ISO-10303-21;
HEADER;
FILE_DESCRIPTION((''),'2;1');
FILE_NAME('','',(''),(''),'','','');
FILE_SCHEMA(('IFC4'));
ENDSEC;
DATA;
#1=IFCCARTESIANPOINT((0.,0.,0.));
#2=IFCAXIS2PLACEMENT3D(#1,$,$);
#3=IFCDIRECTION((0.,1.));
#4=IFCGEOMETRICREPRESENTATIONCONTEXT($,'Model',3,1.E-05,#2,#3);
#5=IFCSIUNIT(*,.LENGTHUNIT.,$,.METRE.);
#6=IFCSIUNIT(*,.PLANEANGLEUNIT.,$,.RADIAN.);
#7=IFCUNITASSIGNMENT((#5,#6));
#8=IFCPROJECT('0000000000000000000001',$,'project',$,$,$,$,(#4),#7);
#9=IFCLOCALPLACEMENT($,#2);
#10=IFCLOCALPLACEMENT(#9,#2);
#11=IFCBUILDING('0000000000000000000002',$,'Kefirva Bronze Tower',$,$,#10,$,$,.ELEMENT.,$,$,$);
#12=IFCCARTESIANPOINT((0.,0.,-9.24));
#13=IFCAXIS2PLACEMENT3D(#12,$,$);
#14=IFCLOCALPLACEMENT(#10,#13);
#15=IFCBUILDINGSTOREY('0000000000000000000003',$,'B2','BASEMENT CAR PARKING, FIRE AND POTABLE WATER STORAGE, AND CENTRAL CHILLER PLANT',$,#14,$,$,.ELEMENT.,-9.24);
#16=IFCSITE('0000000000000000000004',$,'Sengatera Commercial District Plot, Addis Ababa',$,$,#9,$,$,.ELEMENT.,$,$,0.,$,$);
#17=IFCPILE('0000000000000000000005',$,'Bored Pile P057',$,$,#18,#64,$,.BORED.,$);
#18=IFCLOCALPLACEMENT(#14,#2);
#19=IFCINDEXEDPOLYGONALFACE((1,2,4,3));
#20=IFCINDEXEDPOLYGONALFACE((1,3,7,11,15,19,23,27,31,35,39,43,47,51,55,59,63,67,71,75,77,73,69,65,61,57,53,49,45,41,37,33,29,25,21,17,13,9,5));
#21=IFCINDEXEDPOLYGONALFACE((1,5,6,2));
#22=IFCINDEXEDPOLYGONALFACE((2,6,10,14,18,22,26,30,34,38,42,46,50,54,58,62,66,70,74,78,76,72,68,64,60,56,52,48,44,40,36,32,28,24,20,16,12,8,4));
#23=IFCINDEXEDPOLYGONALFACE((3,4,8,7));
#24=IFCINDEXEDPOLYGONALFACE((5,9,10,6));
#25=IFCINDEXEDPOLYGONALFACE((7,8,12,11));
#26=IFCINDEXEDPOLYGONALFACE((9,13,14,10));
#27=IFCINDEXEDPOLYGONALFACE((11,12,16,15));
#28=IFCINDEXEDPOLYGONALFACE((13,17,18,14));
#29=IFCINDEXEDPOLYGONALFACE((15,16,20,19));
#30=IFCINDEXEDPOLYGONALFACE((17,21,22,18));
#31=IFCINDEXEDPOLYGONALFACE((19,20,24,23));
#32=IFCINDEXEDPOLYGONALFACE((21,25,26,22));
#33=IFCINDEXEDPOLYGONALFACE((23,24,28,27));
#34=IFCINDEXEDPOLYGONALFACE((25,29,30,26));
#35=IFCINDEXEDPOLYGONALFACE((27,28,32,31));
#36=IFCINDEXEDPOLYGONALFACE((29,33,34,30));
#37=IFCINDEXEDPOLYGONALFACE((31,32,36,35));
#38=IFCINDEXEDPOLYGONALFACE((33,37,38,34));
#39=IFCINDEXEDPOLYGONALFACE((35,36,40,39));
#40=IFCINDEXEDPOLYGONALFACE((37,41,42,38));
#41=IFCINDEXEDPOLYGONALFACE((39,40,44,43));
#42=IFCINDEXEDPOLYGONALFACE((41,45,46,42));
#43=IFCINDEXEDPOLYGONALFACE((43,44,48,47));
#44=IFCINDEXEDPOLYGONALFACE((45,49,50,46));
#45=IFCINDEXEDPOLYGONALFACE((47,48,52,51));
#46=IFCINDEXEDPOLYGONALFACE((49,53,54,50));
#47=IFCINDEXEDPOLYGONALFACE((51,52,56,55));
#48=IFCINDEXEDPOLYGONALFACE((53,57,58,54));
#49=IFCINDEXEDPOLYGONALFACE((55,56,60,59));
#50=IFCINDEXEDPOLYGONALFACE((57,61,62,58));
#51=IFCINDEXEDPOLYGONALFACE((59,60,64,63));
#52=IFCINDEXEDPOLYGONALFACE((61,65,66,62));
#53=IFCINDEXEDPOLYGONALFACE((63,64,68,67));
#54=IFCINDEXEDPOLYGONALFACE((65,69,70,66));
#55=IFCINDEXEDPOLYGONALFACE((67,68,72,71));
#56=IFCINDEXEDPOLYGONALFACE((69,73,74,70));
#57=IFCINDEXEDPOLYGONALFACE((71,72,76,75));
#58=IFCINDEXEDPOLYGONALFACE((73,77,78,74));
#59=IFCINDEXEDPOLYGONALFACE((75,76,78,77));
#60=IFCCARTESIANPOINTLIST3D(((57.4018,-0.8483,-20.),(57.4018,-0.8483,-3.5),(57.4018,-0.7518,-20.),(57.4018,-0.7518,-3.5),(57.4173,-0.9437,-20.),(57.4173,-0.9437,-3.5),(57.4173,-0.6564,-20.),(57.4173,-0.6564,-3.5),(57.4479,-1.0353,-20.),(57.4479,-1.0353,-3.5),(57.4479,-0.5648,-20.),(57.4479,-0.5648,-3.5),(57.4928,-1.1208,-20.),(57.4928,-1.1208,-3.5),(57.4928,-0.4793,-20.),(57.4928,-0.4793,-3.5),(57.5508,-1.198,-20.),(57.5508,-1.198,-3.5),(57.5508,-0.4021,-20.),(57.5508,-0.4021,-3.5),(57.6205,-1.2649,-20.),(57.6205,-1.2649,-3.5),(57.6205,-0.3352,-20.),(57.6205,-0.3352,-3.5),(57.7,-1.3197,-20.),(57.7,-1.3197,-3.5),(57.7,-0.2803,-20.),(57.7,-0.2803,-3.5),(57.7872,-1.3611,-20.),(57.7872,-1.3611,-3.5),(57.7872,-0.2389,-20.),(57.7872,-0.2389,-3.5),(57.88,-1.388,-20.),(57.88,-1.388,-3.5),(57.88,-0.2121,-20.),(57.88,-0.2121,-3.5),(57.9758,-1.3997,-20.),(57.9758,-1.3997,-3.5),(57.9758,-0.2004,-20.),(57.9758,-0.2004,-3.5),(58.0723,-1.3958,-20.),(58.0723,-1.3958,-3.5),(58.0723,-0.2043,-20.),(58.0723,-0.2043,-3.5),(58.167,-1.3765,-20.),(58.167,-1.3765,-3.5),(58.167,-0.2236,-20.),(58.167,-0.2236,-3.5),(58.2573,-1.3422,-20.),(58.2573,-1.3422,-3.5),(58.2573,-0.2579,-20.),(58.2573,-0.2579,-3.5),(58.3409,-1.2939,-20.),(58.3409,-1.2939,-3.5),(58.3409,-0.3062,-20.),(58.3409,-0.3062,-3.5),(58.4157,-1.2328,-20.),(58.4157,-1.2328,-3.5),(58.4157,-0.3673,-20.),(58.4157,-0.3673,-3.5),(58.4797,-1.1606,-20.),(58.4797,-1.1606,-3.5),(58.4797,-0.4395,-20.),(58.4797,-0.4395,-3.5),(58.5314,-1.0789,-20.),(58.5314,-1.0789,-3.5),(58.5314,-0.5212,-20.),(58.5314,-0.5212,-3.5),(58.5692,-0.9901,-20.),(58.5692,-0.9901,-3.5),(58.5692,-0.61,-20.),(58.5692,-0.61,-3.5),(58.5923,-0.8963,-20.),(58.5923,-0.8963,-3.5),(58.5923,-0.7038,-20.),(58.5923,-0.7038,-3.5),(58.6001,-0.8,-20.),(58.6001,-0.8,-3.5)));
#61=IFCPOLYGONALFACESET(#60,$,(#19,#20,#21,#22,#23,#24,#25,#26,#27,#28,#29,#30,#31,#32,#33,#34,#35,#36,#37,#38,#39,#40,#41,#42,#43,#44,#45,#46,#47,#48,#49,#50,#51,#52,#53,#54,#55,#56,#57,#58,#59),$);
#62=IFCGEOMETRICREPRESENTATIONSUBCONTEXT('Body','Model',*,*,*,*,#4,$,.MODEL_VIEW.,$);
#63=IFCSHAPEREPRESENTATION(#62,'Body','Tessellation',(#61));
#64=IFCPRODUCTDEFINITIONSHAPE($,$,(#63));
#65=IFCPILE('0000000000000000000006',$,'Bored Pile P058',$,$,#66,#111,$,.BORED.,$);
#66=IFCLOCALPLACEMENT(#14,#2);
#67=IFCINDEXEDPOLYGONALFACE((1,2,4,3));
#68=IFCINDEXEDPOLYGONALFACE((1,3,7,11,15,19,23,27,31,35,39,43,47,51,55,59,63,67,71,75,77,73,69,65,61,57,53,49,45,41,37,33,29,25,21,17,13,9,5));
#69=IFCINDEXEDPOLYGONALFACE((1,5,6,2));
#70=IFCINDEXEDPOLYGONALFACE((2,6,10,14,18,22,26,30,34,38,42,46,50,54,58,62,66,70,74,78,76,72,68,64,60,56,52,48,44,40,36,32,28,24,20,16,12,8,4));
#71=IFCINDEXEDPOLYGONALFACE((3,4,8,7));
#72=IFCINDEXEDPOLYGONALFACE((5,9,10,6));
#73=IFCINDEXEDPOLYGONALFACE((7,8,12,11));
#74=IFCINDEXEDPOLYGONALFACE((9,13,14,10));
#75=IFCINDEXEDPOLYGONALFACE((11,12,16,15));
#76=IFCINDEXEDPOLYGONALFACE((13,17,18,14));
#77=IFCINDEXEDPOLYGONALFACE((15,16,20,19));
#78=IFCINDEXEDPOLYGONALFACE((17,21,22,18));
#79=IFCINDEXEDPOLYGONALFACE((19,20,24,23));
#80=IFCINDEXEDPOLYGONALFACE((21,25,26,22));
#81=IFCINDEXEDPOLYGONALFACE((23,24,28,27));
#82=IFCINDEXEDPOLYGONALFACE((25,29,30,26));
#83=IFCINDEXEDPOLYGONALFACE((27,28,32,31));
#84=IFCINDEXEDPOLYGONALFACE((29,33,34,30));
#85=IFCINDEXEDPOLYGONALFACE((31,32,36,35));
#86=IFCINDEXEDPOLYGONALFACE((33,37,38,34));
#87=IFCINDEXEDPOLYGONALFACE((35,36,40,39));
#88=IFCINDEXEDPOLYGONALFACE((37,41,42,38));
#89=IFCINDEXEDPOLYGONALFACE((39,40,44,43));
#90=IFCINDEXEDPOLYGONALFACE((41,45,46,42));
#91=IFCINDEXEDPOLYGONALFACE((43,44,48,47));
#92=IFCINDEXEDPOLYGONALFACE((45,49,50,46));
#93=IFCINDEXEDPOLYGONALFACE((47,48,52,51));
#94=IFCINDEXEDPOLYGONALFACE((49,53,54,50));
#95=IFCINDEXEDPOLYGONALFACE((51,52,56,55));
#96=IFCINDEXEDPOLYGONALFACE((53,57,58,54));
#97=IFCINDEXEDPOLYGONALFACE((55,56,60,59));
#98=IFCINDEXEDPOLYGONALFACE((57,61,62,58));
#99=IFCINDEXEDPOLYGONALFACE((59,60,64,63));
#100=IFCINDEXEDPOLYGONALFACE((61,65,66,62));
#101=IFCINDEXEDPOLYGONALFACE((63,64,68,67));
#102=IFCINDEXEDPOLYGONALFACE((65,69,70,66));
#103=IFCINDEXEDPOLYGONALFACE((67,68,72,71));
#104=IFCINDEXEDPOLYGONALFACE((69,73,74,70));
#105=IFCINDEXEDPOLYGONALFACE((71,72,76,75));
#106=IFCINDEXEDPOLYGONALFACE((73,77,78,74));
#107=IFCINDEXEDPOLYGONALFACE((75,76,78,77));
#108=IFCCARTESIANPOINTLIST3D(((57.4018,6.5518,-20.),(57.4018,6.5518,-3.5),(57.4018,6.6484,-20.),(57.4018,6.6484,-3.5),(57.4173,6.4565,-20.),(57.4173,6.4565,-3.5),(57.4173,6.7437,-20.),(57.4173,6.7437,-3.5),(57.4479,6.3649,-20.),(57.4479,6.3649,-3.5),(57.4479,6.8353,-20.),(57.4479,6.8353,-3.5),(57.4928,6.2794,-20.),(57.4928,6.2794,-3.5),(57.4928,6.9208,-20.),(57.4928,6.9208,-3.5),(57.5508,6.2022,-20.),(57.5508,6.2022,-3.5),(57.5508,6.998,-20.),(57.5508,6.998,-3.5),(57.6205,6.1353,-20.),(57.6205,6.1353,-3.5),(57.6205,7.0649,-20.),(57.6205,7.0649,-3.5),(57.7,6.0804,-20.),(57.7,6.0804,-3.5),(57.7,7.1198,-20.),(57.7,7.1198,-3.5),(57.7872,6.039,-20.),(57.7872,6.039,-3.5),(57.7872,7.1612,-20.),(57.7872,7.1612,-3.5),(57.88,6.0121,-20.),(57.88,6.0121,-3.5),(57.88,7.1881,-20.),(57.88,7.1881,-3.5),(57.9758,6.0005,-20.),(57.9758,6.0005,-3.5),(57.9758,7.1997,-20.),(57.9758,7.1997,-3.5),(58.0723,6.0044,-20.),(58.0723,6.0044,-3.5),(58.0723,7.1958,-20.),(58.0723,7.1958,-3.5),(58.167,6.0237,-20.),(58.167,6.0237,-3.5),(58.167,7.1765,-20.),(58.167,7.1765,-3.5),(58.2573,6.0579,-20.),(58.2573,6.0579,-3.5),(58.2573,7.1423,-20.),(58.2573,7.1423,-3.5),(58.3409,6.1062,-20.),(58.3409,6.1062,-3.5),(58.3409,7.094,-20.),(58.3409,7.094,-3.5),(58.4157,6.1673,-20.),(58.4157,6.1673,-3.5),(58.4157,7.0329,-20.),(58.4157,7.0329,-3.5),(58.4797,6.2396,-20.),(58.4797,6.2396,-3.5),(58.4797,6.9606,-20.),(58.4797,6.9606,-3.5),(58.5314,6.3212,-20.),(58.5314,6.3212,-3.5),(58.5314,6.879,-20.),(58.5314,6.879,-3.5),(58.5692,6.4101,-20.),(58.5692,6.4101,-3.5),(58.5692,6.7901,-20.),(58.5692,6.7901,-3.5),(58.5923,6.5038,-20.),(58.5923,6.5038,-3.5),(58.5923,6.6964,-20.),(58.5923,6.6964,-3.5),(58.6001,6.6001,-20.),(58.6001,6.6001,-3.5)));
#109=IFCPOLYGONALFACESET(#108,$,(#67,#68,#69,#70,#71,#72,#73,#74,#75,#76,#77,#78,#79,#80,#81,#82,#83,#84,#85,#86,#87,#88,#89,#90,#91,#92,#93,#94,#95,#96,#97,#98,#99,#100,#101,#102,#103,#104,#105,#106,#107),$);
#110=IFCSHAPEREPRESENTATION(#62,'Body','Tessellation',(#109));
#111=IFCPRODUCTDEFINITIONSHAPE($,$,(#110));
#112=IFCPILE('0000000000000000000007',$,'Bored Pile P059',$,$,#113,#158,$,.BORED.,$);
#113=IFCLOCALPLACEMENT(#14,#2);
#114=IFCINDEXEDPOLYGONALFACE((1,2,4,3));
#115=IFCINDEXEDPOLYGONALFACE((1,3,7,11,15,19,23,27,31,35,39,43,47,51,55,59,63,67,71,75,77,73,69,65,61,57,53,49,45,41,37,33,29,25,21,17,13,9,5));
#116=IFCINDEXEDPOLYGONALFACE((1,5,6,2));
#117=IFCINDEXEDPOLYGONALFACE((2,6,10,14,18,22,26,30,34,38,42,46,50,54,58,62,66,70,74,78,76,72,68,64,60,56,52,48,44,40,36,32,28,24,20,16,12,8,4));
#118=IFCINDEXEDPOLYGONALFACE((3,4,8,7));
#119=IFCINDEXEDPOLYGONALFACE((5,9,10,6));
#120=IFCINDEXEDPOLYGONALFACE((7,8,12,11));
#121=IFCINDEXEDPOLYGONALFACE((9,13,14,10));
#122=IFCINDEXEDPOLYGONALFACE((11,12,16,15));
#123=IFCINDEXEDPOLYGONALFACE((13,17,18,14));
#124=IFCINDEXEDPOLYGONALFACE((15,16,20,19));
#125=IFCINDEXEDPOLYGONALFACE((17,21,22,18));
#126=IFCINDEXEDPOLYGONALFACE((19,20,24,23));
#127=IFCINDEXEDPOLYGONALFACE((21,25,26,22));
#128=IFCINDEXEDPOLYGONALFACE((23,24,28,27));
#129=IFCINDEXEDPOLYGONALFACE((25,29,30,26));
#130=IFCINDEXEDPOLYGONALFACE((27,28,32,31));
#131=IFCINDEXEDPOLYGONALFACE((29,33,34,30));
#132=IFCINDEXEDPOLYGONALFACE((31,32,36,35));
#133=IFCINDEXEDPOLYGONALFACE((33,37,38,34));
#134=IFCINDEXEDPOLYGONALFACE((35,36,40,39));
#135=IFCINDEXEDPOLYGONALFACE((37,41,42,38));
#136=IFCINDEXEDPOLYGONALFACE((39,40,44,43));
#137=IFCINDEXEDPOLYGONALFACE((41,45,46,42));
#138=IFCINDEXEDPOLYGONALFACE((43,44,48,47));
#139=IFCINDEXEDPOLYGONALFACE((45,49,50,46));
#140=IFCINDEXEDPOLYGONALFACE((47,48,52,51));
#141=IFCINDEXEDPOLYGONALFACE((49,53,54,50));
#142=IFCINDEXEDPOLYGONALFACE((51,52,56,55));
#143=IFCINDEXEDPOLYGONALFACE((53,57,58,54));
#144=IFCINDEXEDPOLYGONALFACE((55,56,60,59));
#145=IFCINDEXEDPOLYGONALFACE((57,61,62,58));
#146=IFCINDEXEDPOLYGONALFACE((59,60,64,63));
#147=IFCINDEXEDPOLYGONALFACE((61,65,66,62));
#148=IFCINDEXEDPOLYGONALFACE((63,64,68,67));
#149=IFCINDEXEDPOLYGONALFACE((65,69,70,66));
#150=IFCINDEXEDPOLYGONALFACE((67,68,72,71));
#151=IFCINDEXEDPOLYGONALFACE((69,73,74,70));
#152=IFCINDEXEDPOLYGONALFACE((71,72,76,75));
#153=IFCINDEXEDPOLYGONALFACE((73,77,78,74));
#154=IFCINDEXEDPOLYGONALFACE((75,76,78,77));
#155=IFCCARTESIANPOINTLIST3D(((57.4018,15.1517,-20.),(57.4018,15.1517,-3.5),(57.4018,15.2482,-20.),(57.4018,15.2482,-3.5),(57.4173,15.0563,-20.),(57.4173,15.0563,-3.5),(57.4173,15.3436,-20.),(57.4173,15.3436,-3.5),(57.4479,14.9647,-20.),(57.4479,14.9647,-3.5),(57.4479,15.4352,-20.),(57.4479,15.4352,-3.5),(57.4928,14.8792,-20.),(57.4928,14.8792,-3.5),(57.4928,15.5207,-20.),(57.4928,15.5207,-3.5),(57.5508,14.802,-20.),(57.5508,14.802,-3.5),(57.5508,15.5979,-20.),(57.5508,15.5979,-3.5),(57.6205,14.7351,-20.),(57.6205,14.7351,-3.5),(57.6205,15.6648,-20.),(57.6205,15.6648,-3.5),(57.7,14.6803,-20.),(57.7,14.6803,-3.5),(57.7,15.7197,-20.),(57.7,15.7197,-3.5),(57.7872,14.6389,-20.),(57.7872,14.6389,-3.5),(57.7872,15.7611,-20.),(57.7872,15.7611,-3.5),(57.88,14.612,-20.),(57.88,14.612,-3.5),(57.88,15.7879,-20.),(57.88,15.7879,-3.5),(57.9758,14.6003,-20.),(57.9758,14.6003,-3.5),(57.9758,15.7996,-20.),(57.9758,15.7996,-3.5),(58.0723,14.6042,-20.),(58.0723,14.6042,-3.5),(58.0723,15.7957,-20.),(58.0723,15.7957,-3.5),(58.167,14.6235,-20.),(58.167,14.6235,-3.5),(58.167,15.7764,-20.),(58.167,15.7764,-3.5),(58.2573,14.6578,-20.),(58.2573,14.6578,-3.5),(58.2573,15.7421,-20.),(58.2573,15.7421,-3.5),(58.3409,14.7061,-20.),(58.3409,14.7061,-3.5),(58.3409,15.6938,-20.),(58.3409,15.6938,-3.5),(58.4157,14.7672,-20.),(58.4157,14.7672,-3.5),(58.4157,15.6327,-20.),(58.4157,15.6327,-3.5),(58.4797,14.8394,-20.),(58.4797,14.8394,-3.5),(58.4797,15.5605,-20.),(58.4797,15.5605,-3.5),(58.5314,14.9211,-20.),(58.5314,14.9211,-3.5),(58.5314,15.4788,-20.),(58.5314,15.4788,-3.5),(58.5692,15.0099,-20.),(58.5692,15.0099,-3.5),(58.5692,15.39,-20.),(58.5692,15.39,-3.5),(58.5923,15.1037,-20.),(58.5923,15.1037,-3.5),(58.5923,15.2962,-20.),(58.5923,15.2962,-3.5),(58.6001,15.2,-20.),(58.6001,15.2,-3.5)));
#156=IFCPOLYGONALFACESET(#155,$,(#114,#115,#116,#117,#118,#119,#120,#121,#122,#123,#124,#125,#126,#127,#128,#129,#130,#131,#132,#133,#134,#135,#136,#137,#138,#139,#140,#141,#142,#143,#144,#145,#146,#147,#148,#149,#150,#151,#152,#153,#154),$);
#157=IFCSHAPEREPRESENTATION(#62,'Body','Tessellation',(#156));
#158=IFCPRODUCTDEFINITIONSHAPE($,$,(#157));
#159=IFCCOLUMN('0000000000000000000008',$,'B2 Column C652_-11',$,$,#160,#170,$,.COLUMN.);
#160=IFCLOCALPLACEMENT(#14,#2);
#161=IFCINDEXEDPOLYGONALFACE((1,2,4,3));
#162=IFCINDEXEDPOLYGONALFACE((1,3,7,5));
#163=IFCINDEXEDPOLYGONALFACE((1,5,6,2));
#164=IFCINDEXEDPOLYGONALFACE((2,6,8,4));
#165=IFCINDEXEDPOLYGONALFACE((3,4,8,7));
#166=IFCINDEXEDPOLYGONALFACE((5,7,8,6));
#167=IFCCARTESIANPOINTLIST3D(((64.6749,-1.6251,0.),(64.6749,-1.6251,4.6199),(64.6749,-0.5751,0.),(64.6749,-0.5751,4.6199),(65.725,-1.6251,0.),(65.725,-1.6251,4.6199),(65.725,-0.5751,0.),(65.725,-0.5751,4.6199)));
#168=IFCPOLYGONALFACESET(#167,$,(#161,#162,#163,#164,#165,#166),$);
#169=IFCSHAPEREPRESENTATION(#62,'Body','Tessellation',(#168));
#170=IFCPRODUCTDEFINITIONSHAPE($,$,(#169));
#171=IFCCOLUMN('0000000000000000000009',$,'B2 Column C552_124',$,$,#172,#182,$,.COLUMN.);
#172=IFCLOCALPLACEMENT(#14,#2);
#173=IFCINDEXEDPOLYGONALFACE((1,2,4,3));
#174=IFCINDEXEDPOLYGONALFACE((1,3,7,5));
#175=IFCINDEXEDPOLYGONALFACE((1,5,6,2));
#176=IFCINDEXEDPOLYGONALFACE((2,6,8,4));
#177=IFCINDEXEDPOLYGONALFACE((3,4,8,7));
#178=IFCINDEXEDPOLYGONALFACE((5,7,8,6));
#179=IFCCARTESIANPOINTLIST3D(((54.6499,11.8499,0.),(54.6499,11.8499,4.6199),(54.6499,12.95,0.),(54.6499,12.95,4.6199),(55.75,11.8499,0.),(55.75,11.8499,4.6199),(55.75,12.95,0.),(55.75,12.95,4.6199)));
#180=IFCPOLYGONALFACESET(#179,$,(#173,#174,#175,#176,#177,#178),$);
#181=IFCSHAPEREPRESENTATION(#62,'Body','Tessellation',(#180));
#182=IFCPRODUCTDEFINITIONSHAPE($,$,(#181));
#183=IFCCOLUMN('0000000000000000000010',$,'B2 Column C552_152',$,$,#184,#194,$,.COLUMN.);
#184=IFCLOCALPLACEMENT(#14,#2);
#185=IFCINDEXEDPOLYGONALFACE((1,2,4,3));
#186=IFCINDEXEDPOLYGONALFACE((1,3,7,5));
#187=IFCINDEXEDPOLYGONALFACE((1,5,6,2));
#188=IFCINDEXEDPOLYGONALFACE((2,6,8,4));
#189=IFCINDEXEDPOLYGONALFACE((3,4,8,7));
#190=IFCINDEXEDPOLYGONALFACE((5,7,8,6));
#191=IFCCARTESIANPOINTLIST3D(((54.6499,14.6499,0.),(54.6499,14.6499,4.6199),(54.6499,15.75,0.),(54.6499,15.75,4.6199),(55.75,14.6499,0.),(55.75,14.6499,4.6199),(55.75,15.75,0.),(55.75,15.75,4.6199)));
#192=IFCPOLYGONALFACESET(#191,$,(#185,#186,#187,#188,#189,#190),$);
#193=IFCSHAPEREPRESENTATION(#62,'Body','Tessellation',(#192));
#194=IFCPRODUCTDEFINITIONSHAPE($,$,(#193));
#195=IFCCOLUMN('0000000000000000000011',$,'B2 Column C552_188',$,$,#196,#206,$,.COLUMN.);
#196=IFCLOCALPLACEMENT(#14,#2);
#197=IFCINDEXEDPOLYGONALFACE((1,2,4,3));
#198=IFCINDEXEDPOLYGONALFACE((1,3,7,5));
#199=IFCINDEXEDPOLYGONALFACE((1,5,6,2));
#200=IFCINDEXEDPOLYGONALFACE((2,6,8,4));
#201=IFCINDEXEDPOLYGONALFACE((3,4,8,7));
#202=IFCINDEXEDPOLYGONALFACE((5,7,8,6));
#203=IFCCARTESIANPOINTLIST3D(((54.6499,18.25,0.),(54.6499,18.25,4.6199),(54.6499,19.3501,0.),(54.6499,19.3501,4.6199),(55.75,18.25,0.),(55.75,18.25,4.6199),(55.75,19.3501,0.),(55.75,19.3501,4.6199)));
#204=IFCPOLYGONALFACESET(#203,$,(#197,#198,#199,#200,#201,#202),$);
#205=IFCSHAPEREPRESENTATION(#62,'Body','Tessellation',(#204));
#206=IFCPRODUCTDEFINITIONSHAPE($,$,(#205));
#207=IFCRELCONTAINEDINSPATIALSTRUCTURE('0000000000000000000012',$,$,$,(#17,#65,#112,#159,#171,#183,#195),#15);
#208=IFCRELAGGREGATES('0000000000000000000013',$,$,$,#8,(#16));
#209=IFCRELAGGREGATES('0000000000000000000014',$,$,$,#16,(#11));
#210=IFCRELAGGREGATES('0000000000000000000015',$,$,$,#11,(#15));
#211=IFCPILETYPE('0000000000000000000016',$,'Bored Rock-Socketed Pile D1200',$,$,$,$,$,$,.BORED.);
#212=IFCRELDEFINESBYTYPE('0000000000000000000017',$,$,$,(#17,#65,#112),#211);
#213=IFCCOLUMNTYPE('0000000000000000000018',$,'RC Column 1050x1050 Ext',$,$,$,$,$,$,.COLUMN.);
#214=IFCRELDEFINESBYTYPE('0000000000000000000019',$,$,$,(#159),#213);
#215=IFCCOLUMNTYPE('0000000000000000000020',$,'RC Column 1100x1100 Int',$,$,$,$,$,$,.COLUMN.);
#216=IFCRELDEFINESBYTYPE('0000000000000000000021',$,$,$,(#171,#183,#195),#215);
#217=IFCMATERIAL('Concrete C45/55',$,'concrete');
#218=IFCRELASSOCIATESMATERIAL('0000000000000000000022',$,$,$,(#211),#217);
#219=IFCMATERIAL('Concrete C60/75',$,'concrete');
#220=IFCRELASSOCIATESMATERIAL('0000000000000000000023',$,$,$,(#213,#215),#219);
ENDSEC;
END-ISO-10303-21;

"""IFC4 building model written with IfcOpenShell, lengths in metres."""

from ifc_helpers import new_model, si_unit, direction, frame, origin, origin_2d, place, context, subcontext, project, spatial, rectangle, circle, extrude, material, material_profile, profile_set, type_object, element, save


model = new_model("IFC4")

# Units and contexts
model_context = context("Model", 3, precision=1e-05, world=origin(), true_north=direction((0.0, 1.0)))
body_context = subcontext(model_context, "Body", "Model", "MODEL_VIEW")
ifc_project = project(units=[si_unit("LENGTHUNIT", "METRE"), si_unit("PLANEANGLEUNIT", "RADIAN")], contexts=[model_context])

# Site, building, storey
site_placement = place(None, origin())
site = spatial("IfcSite", under=ifc_project, at=site_placement, Name="Sengatera Commercial District Plot, Addis Ababa", CompositionType="ELEMENT", RefElevation=0.0)
building_placement = place(site_placement, origin())
building = spatial("IfcBuilding", under=site, at=building_placement, Name="Kefirva Bronze Tower", CompositionType="ELEMENT")
storey_placement = place(building_placement, frame((0.0, 0.0, -9.24)))
storey = spatial("IfcBuildingStorey", under=building, at=storey_placement, Name="B2", Description="BASEMENT CAR PARKING, FIRE AND POTABLE WATER STORAGE, AND CENTRAL CHILLER PLANT", CompositionType="ELEMENT", Elevation=-9.24)

# Piles
ifc_material_1 = material(Name="Concrete C45/55", Category="concrete")
ifc_material_profile_1 = material_profile(ifc_material_1, circle(Radius=0.6001, at=origin_2d()), Name="BORED PILE D1200")
ifc_profile_set_1 = profile_set([ifc_material_profile_1], Name="Concrete C45/55")
pile_type = type_object("IfcPileType", Name="Bored Rock-Socketed Pile D1200", PredefinedType="BORED", material=ifc_profile_set_1)
for number, where, z_axis, x_axis, name in (
    (1, (58.0, -0.8, -3.5), (0.0, 0.0, -1.0), (1.0, 0.0, 0.0), "Bored Pile P057"),
    (2, (58.0, 6.6001, -3.5), (0.0, 0.0, -1.0), (1.0, 0.0, 0.0), "Bored Pile P058"),
    (3, (58.0, 15.2, -3.5), (0.0, 0.0, -1.0), (1.0, 0.0, 0.0), "Bored Pile P059"),
):
    element("IfcPile", number, at=place(storey_placement, frame(where, z_axis=z_axis, x_axis=x_axis)), inside=storey, type_object=pile_type, Name=name, PredefinedType="BORED", context=body_context, shape_type="SweptSolid", body=[
        extrude(circle(Radius=0.6001, at=origin_2d()), origin(), (0.0, 0.0, 1.0), 16.5),
    ])

# Columns
ifc_material_2 = material(Name="Concrete C60/75", Category="concrete")
ifc_material_profile_2 = material_profile(ifc_material_2, rectangle(XDim=1.05, YDim=1.05, at=origin_2d()), Name="RC 1050x1050")
ifc_profile_set_2 = profile_set([ifc_material_profile_2], Name="Concrete C60/75")
column_type_1 = type_object("IfcColumnType", Name="RC Column 1050x1050 Ext", PredefinedType="COLUMN", material=ifc_profile_set_2)
column_placement = place(storey_placement, frame((65.2, -1.1001, 0.0), z_axis=(0.0, 0.0, 1.0), x_axis=(1.0, 0.0, 0.0)))
element("IfcColumn", 4, at=column_placement, inside=storey, type_object=column_type_1, Name="B2 Column C652_-11", PredefinedType="COLUMN", context=body_context, shape_type="SweptSolid", body=[
    extrude(rectangle(XDim=1.05, YDim=1.05, at=origin_2d()), origin(), (0.0, 0.0, 1.0), 4.6199),
])
ifc_material_profile_3 = material_profile(ifc_material_2, rectangle(XDim=1.1001, YDim=1.1001, at=origin_2d()), Name="RC 1100x1100")
ifc_profile_set_3 = profile_set([ifc_material_profile_3], Name="Concrete C60/75")
column_type_2 = type_object("IfcColumnType", Name="RC Column 1100x1100 Int", PredefinedType="COLUMN", material=ifc_profile_set_3)
for number, where, z_axis, x_axis, name in (
    (5, (55.2, 12.3999, 0.0), (0.0, 0.0, 1.0), (1.0, 0.0, 0.0), "B2 Column C552_124"),
    (6, (55.2, 15.2, 0.0), (0.0, 0.0, 1.0), (1.0, 0.0, 0.0), "B2 Column C552_152"),
    (7, (55.2, 18.8, 0.0), (0.0, 0.0, 1.0), (1.0, 0.0, 0.0), "B2 Column C552_188"),
):
    element("IfcColumn", number, at=place(storey_placement, frame(where, z_axis=z_axis, x_axis=x_axis)), inside=storey, type_object=column_type_2, Name=name, PredefinedType="COLUMN", context=body_context, shape_type="SweptSolid", body=[
        extrude(rectangle(XDim=1.1001, YDim=1.1001, at=origin_2d()), origin(), (0.0, 0.0, 1.0), 4.6199),
    ])

save(model, "model.ifc")
